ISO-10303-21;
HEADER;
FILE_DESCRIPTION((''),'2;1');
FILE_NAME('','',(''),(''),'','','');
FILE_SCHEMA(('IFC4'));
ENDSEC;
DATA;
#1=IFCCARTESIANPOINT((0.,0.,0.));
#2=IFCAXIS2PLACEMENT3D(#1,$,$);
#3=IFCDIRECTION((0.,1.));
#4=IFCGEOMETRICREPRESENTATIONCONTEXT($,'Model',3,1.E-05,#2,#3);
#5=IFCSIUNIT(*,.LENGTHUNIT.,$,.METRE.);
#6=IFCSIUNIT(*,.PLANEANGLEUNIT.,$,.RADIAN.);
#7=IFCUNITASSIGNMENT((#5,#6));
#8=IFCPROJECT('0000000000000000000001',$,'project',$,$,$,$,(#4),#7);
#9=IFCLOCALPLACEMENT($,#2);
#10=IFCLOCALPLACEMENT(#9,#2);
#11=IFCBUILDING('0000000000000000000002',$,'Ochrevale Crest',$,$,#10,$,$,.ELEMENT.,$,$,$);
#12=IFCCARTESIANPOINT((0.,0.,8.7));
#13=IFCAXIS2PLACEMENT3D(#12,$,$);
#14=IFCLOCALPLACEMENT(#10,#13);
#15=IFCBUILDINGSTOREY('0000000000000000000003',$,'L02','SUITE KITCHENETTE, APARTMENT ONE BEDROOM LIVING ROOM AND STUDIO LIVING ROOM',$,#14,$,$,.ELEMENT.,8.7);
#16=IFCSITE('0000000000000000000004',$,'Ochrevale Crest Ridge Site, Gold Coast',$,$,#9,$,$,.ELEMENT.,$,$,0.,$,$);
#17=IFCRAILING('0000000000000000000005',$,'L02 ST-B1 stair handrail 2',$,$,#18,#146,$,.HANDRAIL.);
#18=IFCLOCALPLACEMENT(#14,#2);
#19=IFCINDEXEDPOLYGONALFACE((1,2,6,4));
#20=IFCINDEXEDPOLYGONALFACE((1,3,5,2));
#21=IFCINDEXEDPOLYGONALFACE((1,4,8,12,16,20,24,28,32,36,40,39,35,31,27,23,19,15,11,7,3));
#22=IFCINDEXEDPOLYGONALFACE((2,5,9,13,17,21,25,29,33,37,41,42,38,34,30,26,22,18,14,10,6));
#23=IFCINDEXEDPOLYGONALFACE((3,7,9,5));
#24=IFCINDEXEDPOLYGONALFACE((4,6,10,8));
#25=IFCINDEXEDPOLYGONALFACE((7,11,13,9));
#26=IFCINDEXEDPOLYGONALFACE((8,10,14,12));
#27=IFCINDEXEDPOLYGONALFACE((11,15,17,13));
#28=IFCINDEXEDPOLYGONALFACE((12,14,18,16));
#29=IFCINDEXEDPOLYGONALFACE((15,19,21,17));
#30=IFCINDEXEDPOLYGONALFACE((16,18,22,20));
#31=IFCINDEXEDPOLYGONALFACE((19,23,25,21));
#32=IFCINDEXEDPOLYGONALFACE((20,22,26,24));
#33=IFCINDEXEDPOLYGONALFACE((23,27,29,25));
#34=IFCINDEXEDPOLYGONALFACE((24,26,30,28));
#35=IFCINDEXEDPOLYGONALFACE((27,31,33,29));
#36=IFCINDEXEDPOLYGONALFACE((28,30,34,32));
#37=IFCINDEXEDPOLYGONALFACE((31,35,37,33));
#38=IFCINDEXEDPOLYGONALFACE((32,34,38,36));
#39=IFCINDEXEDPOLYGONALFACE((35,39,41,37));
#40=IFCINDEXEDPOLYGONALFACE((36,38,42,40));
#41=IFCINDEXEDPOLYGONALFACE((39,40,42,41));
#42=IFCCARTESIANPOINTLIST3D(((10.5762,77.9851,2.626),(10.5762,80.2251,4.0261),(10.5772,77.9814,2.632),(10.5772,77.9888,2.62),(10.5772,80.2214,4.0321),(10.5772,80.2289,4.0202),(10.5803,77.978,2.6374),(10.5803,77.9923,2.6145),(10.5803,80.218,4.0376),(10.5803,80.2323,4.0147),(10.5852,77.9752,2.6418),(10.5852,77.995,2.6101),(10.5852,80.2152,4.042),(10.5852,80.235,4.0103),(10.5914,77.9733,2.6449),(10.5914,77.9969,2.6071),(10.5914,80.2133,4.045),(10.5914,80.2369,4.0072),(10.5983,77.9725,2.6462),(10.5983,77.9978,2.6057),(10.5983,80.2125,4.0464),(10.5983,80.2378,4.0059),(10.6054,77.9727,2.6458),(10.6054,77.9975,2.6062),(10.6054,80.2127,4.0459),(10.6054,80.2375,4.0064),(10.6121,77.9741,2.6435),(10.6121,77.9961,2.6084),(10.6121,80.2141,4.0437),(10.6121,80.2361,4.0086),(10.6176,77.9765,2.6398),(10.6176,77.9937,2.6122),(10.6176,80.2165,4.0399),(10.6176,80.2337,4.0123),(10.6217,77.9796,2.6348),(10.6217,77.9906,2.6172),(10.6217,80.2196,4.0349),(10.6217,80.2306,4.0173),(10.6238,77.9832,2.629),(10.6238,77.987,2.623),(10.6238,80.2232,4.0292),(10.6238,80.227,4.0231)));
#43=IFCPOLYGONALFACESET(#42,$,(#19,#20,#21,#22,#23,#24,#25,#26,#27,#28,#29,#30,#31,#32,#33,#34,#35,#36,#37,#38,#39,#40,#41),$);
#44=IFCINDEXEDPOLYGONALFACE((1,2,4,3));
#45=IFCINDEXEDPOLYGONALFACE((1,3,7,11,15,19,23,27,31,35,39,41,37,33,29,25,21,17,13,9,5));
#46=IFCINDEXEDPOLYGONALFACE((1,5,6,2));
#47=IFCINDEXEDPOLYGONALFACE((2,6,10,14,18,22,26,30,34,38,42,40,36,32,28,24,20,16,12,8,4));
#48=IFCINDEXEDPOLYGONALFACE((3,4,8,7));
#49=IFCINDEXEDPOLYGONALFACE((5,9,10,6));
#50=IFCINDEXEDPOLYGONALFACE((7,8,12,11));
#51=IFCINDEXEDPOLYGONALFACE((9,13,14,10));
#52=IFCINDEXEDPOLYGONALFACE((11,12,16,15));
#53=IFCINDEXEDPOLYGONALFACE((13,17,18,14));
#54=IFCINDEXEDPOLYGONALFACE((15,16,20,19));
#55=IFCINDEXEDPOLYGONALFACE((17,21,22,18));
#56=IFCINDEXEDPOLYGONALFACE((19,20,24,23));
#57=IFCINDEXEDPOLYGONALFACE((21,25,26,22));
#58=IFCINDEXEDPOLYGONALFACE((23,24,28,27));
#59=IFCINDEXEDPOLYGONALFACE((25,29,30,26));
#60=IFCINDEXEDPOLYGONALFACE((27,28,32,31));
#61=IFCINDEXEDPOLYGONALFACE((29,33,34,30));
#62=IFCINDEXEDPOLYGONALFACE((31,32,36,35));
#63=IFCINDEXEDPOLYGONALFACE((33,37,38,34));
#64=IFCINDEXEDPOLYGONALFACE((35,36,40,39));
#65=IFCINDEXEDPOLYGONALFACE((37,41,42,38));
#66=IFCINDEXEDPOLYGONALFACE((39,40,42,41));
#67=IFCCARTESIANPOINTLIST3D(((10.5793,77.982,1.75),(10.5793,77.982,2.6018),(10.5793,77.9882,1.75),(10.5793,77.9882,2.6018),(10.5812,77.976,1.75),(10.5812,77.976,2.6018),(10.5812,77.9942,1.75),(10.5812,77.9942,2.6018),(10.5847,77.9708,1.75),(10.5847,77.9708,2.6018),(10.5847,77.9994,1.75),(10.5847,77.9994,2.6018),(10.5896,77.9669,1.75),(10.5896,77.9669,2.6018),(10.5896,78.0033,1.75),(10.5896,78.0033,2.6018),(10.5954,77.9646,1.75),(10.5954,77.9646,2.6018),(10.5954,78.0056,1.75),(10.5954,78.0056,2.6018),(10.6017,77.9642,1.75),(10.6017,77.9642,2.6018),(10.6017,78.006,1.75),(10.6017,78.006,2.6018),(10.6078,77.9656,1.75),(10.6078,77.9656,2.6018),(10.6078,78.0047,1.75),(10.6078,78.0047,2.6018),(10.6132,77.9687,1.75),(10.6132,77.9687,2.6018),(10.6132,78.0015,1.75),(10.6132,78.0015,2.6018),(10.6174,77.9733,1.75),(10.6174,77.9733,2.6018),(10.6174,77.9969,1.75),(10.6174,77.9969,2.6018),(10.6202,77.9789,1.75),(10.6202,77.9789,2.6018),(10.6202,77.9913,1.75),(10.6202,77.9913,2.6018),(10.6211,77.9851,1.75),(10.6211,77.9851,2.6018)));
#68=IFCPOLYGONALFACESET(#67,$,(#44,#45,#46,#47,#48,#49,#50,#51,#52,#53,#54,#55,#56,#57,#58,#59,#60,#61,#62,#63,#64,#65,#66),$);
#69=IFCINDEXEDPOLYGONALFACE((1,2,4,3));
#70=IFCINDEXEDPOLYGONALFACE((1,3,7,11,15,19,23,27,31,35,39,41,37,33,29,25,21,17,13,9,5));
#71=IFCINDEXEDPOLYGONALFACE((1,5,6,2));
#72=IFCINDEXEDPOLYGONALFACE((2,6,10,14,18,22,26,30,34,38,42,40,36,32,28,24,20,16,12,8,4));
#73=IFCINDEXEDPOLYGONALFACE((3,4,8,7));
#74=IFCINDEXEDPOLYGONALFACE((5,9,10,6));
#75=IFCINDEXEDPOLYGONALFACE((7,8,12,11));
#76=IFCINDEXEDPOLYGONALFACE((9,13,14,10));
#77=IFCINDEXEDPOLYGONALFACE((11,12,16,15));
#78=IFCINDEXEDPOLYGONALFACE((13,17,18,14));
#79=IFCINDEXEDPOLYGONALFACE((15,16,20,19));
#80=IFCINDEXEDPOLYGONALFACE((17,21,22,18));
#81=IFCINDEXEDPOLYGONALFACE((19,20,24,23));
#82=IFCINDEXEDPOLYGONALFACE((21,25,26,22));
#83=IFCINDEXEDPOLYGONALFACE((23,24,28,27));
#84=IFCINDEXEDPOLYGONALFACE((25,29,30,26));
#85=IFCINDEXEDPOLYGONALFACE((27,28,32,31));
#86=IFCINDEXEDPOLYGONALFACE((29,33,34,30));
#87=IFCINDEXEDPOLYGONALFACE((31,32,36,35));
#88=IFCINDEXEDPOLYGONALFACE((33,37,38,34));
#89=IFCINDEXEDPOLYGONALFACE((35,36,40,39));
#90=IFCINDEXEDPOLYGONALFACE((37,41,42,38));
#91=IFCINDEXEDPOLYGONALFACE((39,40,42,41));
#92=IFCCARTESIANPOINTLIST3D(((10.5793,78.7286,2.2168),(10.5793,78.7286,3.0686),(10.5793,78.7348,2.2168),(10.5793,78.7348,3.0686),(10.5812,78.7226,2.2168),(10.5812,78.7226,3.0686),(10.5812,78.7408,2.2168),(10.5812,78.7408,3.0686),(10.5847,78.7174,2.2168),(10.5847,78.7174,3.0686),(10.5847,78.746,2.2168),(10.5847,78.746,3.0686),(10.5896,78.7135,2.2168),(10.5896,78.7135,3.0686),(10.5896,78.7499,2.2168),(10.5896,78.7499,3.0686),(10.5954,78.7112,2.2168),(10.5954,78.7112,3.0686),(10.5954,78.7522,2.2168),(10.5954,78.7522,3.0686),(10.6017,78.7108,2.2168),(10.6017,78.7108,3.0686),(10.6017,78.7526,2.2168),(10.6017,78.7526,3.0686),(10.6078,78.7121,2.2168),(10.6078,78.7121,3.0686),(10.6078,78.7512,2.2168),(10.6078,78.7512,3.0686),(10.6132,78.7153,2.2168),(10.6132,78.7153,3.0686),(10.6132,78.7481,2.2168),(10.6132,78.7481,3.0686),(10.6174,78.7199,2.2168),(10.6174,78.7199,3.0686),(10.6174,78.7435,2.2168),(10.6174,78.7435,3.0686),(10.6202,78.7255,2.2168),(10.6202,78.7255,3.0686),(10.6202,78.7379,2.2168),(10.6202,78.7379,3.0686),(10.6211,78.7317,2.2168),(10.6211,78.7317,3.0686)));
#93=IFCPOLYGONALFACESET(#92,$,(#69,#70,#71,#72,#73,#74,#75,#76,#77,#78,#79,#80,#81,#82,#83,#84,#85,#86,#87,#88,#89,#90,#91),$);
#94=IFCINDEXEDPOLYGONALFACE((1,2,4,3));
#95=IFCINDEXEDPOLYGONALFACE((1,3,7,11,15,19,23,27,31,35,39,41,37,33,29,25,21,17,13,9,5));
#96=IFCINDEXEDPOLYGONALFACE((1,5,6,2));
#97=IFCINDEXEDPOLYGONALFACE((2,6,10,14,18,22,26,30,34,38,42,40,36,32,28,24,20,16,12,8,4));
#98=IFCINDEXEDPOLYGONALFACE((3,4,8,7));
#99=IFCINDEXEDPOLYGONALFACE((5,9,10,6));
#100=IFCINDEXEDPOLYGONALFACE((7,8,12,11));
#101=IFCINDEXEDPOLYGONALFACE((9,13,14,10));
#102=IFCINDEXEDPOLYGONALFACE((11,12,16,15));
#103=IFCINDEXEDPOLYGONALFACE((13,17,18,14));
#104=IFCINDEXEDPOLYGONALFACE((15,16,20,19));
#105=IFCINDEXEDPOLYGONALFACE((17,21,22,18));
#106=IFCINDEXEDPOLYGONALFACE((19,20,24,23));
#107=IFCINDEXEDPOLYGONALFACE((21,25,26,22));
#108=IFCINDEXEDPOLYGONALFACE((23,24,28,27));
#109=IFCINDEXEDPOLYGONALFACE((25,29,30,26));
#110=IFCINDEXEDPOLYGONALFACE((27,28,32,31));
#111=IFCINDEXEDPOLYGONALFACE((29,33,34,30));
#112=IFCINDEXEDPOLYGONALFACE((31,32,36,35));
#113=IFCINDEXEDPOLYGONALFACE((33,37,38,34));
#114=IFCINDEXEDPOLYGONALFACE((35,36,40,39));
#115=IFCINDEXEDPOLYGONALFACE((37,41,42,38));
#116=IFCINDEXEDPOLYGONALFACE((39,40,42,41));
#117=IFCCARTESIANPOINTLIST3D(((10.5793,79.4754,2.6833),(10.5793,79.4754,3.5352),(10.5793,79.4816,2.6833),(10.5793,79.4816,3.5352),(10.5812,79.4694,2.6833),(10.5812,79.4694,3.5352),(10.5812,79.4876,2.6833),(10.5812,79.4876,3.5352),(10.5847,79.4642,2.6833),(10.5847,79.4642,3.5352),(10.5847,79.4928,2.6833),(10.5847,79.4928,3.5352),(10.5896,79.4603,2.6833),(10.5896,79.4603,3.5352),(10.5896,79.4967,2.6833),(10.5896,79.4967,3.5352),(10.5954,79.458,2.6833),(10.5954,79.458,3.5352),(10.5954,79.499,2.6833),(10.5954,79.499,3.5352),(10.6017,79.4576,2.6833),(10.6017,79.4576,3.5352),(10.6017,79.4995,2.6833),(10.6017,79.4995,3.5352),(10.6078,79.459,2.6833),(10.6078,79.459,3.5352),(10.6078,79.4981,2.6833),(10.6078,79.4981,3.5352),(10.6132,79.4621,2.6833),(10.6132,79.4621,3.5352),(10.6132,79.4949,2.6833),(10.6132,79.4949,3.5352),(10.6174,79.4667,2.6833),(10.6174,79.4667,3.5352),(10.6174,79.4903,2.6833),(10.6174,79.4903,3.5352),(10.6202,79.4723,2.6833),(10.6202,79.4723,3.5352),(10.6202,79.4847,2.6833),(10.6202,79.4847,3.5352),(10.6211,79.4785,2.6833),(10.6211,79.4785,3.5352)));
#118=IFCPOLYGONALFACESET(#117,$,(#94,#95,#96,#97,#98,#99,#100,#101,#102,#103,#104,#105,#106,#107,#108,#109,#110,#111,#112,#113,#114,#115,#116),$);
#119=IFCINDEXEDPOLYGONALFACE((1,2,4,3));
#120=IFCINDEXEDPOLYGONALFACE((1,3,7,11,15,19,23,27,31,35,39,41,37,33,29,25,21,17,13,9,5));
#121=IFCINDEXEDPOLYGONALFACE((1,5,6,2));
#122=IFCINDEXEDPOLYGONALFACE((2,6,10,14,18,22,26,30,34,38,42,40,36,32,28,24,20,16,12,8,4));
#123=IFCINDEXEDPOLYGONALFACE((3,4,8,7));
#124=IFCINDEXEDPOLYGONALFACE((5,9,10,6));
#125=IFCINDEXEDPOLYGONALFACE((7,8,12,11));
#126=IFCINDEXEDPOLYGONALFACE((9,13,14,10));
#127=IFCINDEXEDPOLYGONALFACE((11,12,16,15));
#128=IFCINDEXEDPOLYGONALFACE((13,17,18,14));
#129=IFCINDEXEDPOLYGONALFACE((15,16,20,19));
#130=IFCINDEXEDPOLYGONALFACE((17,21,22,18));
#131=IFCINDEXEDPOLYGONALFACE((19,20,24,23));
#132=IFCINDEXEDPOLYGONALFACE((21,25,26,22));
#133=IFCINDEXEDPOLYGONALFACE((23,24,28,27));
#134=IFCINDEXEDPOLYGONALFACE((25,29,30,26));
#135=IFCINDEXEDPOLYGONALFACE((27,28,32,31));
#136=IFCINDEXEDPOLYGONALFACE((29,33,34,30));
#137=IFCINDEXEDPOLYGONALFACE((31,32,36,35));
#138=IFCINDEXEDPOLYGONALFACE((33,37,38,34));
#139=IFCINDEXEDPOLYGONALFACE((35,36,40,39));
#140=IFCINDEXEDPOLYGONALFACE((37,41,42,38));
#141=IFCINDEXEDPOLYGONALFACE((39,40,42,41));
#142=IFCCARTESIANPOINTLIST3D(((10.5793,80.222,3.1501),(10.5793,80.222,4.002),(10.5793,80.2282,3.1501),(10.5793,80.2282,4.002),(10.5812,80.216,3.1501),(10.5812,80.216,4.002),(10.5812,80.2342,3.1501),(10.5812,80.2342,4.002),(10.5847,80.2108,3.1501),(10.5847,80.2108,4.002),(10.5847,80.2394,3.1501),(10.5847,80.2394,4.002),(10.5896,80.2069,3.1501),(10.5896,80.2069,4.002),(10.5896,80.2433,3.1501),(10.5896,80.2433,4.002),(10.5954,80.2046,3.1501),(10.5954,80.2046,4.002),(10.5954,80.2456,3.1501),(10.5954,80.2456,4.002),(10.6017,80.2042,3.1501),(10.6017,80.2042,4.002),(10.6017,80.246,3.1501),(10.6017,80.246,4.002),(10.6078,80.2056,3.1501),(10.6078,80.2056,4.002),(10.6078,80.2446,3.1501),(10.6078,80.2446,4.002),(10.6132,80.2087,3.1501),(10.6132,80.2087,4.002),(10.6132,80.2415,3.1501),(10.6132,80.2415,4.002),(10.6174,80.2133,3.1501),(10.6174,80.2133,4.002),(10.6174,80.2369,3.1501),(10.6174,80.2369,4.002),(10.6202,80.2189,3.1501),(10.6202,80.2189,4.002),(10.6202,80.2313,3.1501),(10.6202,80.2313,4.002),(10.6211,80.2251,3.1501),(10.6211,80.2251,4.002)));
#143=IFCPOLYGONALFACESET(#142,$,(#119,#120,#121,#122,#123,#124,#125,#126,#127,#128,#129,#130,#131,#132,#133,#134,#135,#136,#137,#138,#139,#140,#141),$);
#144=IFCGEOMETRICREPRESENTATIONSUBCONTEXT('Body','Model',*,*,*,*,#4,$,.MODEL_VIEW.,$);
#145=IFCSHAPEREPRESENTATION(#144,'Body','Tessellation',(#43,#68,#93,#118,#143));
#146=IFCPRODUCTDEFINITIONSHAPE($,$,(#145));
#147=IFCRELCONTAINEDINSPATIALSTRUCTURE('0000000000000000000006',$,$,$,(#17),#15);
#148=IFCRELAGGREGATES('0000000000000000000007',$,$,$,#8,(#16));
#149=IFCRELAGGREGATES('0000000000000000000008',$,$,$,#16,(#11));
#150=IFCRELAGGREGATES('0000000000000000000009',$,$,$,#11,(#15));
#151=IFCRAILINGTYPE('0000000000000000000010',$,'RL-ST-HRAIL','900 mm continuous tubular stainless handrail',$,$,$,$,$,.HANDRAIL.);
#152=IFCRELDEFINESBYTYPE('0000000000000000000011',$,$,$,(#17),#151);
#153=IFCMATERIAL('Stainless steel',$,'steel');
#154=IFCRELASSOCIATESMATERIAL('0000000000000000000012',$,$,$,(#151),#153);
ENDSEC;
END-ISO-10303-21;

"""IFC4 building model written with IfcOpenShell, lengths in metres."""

from ifc_helpers import new_model, si_unit, direction, frame, origin, origin_2d, place, context, subcontext, project, spatial, circle, extrude, material, type_object, element, save


model = new_model("IFC4")

# Units and contexts
model_context = context("Model", 3, precision=1e-05, world=origin(), true_north=direction((0.0, 1.0)))
body_context = subcontext(model_context, "Body", "Model", "MODEL_VIEW")
ifc_project = project(units=[si_unit("LENGTHUNIT", "METRE"), si_unit("PLANEANGLEUNIT", "RADIAN")], contexts=[model_context])

# Site, building, storey
site_placement = place(None, origin())
site = spatial("IfcSite", under=ifc_project, at=site_placement, Name="Ochrevale Crest Ridge Site, Gold Coast", CompositionType="ELEMENT", RefElevation=0.0)
building_placement = place(site_placement, origin())
building = spatial("IfcBuilding", under=site, at=building_placement, Name="Ochrevale Crest", CompositionType="ELEMENT")
storey_placement = place(building_placement, frame((0.0, 0.0, 8.7)))
storey = spatial("IfcBuildingStorey", under=building, at=storey_placement, Name="L02", Description="SUITE KITCHENETTE, APARTMENT ONE BEDROOM LIVING ROOM AND STUDIO LIVING ROOM", CompositionType="ELEMENT", Elevation=8.7)

# Railing
ifc_material_1 = material(Name="Stainless steel", Category="steel")
railing_type_1 = type_object("IfcRailingType", Name="RL-ST-HRAIL", Description="900 mm continuous tubular stainless handrail", PredefinedType="HANDRAIL", material=ifc_material_1)
railing_1_placement = place(storey_placement, frame((10.6001, 77.9851, 1.75)))
element("IfcRailing", 1, at=railing_1_placement, inside=storey, type_object=railing_type_1, Name="L02 ST-B1 stair handrail 2", PredefinedType="HANDRAIL", context=body_context, shape_type="SweptSolid", body=[
    extrude(circle(Radius=0.0239, at=origin_2d()), frame((0.0, 0.0, 0.876), z_axis=(0.0, 0.847972, 0.53004), x_axis=(-1.0, 0.0, 0.0)), (0.0, 0.0, 1.0), 2.6416),
    extrude(circle(Radius=0.021, at=origin_2d()), origin(), (0.0, 0.0, 1.0), 0.8518),
    extrude(circle(Radius=0.021, at=origin_2d()), frame((0.0, 0.7466, 0.4668)), (0.0, 0.0, 1.0), 0.8518),
    extrude(circle(Radius=0.021, at=origin_2d()), frame((0.0, 1.4934, 0.9333)), (0.0, 0.0, 1.0), 0.8518),
    extrude(circle(Radius=0.021, at=origin_2d()), frame((0.0, 2.24, 1.4001)), (0.0, 0.0, 1.0), 0.8518),
])

save(model, "model.ifc")
